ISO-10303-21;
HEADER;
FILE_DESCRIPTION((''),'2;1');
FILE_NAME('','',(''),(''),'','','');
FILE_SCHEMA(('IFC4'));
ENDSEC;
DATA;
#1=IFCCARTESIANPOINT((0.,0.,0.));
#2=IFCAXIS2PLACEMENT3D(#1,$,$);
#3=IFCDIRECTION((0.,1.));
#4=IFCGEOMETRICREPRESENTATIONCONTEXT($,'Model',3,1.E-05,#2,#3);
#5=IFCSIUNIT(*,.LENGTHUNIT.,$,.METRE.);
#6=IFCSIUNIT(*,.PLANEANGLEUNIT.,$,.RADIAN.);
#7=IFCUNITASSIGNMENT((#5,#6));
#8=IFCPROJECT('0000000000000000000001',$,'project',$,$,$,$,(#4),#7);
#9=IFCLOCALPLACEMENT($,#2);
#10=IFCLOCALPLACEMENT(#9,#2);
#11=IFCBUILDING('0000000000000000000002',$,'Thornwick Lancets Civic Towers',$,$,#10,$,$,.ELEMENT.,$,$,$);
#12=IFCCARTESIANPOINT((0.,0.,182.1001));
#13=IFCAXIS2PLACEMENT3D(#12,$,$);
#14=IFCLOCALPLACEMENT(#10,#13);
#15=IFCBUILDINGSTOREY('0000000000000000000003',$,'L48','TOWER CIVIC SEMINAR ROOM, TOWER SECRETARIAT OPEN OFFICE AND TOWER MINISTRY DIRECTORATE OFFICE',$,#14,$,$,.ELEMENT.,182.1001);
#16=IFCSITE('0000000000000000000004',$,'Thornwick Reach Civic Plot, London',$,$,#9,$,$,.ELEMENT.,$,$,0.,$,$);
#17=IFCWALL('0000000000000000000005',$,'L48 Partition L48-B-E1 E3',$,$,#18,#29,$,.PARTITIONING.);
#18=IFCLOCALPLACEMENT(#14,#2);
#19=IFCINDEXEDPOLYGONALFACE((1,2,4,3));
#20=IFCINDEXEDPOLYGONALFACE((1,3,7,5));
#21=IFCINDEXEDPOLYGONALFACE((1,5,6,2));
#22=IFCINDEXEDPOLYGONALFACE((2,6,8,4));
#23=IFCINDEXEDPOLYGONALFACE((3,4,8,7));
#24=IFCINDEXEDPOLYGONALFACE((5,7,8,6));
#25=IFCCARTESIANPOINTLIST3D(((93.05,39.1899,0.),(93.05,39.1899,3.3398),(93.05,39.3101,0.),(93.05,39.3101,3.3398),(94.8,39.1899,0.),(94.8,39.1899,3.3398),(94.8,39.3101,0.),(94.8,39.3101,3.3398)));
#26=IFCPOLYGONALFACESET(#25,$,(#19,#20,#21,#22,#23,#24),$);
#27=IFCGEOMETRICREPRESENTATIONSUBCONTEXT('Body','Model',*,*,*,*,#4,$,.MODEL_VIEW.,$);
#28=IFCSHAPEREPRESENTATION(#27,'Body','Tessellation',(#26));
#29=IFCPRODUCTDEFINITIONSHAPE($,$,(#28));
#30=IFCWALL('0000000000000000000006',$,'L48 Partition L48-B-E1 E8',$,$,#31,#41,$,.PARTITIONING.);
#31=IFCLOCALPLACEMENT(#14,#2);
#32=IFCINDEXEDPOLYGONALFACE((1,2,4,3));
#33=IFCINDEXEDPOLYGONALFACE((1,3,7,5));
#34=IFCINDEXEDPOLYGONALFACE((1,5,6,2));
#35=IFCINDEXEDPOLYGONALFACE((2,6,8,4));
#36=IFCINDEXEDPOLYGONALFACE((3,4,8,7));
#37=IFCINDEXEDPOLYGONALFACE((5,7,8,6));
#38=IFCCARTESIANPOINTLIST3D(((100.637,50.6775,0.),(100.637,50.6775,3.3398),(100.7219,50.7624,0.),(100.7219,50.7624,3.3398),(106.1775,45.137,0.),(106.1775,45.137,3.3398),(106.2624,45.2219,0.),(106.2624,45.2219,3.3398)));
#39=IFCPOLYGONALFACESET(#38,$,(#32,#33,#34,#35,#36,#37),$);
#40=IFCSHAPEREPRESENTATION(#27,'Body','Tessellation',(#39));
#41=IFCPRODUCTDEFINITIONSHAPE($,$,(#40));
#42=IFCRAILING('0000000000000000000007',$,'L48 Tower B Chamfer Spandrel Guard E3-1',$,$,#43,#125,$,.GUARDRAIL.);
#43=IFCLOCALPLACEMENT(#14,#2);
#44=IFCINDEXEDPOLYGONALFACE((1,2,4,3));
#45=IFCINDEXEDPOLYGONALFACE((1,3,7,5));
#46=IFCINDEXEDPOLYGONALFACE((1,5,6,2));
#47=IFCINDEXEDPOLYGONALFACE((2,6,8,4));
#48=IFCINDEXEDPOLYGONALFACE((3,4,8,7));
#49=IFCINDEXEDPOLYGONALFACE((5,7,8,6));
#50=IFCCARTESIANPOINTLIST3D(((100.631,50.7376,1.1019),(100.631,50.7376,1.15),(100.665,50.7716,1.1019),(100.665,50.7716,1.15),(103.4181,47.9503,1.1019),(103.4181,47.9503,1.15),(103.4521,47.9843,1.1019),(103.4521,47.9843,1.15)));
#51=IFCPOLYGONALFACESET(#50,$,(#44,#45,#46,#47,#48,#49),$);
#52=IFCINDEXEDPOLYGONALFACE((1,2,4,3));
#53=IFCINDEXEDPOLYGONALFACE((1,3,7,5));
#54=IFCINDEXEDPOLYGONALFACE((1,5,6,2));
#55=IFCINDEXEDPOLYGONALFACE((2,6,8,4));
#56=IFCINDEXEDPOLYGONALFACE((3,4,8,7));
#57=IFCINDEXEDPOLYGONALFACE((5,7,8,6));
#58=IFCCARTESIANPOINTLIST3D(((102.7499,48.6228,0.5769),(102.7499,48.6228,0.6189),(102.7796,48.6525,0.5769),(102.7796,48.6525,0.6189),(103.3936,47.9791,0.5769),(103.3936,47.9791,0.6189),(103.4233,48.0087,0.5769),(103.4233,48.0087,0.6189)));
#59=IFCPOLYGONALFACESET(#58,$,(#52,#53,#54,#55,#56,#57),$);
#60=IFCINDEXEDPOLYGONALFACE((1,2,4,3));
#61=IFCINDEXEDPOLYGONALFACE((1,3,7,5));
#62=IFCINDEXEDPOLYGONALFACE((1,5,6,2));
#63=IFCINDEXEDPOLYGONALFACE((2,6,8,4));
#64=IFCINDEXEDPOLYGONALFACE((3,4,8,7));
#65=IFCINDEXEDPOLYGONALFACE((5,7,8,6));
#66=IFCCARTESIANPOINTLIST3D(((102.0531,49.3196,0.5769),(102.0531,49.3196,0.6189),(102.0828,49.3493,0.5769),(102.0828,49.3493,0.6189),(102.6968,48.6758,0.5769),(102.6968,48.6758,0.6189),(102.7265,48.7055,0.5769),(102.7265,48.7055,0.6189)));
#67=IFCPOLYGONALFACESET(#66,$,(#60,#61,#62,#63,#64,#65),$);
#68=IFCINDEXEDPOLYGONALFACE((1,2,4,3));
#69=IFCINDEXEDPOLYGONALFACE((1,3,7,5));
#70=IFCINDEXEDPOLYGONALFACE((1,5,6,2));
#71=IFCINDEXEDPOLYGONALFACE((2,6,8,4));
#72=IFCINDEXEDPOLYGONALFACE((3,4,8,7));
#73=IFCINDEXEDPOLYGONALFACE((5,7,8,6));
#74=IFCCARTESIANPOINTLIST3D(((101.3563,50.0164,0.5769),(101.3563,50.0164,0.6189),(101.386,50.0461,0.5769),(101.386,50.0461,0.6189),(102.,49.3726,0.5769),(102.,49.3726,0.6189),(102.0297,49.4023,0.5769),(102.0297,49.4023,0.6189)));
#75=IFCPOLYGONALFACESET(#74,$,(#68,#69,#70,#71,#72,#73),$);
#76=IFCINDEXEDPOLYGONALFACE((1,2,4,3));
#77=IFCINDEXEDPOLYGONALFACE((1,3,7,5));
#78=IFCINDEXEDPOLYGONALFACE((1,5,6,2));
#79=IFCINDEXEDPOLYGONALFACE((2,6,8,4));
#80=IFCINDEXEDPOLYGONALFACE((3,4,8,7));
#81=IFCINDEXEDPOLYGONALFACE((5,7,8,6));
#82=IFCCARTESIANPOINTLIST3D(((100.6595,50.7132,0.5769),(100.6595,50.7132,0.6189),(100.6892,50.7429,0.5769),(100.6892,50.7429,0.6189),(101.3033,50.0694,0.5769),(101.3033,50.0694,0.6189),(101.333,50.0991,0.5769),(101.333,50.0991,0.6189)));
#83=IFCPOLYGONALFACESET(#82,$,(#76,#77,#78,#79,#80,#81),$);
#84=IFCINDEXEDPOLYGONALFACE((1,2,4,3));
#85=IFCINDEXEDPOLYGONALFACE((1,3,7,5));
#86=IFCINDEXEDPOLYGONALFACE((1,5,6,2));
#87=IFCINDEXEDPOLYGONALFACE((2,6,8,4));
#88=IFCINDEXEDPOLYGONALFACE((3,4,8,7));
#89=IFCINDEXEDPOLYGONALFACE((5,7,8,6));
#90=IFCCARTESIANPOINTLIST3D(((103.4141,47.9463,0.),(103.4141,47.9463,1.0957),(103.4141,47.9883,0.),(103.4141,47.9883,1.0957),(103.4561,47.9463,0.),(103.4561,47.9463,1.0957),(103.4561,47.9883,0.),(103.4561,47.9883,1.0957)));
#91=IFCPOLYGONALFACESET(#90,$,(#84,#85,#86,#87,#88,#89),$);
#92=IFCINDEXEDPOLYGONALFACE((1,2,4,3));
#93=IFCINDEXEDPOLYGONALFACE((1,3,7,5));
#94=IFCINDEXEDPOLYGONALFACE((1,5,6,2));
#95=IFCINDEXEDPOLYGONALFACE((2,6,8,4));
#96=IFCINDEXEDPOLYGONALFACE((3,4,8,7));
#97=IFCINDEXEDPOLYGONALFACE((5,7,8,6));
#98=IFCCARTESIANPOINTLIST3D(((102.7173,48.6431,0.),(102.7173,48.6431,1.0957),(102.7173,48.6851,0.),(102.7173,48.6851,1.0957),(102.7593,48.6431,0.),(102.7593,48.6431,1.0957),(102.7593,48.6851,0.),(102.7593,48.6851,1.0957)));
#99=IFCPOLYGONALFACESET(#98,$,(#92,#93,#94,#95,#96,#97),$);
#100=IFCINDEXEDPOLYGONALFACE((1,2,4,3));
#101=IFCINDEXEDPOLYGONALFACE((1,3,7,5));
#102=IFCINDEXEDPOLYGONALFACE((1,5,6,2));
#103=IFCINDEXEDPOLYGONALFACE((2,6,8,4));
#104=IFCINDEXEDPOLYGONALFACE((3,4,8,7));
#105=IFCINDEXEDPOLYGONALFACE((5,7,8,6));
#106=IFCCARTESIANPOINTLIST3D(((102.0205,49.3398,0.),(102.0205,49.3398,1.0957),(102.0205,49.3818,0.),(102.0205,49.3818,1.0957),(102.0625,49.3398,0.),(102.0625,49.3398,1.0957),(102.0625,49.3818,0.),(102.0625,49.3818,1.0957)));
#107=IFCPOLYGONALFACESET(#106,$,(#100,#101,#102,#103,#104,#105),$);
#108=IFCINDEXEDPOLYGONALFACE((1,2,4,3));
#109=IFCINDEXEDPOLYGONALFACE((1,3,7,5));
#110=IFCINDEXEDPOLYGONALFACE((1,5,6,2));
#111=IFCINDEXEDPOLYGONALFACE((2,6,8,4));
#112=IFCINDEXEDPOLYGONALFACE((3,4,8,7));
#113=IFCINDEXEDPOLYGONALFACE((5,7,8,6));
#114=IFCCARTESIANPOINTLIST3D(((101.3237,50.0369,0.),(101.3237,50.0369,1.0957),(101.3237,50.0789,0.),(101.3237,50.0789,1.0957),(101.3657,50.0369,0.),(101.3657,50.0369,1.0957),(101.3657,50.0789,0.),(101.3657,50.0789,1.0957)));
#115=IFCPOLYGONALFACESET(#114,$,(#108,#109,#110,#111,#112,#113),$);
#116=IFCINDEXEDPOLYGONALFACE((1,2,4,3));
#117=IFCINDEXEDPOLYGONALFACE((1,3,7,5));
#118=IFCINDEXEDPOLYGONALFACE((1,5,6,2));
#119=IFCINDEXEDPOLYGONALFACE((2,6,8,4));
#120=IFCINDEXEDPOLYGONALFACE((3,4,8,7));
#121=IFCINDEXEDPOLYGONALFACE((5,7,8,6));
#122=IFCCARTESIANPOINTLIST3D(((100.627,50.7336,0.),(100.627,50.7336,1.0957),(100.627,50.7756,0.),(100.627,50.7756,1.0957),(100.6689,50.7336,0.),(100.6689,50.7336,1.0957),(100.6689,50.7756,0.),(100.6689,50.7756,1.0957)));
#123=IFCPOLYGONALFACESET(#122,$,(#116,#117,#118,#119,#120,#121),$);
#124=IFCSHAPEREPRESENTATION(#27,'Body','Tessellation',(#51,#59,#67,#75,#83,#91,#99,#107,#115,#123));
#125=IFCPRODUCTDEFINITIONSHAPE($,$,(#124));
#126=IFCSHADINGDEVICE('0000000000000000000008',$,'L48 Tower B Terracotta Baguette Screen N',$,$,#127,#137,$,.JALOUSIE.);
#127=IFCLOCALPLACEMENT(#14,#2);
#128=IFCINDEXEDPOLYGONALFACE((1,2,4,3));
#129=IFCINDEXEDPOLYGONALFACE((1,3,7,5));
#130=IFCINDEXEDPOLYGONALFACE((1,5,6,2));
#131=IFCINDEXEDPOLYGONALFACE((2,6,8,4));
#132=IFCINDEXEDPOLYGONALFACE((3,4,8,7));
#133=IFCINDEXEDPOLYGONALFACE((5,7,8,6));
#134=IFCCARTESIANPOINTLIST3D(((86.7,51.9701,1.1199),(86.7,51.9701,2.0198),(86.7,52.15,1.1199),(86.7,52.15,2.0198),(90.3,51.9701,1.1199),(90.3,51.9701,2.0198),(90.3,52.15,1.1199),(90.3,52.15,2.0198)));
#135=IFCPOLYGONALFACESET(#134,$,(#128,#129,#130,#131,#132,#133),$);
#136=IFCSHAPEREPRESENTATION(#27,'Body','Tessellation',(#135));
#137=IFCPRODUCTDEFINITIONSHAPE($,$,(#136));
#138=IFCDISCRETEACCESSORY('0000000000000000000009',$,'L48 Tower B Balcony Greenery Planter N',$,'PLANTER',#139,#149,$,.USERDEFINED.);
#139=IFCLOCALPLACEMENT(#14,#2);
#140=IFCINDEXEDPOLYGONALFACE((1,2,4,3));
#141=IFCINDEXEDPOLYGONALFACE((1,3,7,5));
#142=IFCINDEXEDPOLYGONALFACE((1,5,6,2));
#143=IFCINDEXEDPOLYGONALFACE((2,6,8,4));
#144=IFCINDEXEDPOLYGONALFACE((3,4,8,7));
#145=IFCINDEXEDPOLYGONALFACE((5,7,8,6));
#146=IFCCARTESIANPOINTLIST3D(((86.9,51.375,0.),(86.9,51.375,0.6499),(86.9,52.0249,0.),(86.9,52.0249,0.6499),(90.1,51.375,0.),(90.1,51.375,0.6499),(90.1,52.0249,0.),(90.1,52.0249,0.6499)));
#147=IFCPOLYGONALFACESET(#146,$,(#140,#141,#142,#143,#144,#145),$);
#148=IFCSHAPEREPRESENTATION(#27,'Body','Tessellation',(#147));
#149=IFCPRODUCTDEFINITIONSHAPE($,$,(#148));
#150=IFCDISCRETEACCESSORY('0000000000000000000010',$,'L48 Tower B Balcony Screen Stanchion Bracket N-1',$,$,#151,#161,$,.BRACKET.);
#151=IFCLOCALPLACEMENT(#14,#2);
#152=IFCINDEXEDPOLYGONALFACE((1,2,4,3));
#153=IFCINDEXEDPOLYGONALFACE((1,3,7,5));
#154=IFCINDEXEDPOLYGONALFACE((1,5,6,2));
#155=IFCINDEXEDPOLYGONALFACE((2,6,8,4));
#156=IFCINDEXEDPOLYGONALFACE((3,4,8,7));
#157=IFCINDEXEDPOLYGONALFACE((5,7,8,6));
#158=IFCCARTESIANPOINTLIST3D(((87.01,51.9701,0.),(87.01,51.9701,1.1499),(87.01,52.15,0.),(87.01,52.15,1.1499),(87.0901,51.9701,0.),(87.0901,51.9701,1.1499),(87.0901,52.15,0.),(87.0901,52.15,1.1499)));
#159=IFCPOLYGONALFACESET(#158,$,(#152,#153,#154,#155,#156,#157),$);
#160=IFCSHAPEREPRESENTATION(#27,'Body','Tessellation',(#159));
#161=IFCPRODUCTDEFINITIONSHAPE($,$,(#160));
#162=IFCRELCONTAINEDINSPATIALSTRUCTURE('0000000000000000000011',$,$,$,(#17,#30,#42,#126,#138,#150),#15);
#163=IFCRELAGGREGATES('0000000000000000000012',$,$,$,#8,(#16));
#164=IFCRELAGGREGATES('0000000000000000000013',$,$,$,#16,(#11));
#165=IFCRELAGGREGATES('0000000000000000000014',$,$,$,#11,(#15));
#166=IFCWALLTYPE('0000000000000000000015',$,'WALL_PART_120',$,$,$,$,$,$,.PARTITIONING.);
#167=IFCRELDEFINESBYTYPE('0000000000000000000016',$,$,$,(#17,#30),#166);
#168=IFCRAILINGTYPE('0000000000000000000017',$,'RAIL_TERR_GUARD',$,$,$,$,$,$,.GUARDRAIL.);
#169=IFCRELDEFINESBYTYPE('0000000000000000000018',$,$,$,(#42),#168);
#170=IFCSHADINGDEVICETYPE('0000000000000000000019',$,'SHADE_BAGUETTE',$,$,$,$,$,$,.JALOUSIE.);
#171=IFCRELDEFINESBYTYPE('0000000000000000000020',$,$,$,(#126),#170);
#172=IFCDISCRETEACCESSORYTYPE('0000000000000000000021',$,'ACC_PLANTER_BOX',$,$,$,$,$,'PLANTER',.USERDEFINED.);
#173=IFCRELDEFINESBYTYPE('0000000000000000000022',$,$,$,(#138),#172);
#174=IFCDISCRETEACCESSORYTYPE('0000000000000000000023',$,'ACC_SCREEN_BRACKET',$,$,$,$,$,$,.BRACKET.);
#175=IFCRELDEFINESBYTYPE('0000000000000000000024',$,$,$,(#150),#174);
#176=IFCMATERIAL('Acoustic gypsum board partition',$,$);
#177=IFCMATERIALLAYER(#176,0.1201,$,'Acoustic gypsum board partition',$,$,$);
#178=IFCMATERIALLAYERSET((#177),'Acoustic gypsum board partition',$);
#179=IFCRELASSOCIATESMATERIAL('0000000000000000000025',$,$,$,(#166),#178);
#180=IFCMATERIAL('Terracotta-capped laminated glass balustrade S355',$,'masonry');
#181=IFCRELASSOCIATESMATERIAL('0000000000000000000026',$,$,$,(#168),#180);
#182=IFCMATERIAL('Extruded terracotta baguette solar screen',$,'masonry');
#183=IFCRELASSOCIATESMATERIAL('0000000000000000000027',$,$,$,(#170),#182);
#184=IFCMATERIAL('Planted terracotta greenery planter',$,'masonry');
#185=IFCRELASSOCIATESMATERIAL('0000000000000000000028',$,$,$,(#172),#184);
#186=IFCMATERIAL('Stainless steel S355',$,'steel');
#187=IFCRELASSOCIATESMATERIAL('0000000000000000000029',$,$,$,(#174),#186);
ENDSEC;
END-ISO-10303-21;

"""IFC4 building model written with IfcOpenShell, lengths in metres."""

from ifc_helpers import new_model, si_unit, direction, frame, frame_2d, origin, origin_2d, place, context, subcontext, project, spatial, rectangle, extrude, material, layer, layer_set, type_object, element, save


model = new_model("IFC4")

# Units and contexts
model_context = context("Model", 3, precision=1e-05, world=origin(), true_north=direction((0.0, 1.0)))
body_context = subcontext(model_context, "Body", "Model", "MODEL_VIEW")
ifc_project = project(units=[si_unit("LENGTHUNIT", "METRE"), si_unit("PLANEANGLEUNIT", "RADIAN")], contexts=[model_context])

# Site, building, storey
site_placement = place(None, origin())
site = spatial("IfcSite", under=ifc_project, at=site_placement, Name="Thornwick Reach Civic Plot, London", CompositionType="ELEMENT", RefElevation=0.0)
building_placement = place(site_placement, origin())
building = spatial("IfcBuilding", under=site, at=building_placement, Name="Thornwick Lancets Civic Towers", CompositionType="ELEMENT")
storey_placement = place(building_placement, frame((0.0, 0.0, 182.1001)))
storey = spatial("IfcBuildingStorey", under=building, at=storey_placement, Name="L48", Description="TOWER CIVIC SEMINAR ROOM, TOWER SECRETARIAT OPEN OFFICE AND TOWER MINISTRY DIRECTORATE OFFICE", CompositionType="ELEMENT", Elevation=182.1001)

# Walls
ifc_material_1 = material(Name="Acoustic gypsum board partition")
ifc_layer_1 = layer(ifc_material_1, 0.1201, Name="Acoustic gypsum board partition")
ifc_layer_set_1 = layer_set([ifc_layer_1], Name="Acoustic gypsum board partition")
wall_type_1 = type_object("IfcWallType", Name="WALL_PART_120", PredefinedType="PARTITIONING", material=ifc_layer_set_1)
wall_1_placement = place(storey_placement, frame((94.8, 39.25, 0.0), z_axis=(0.0, 0.0, 1.0), x_axis=(-1.0, 0.0, 0.0)))
element("IfcWall", 1, at=wall_1_placement, inside=storey, type_object=wall_type_1, Name="L48 Partition L48-B-E1 E3", PredefinedType="PARTITIONING", context=body_context, shape_type="SweptSolid", body=[
    extrude(rectangle(XDim=1.75, YDim=0.1201, at=frame_2d((0.875, 0.0))), origin(), (0.0, 0.0, 1.0), 3.3398),
])
wall_2_placement = place(storey_placement, frame((100.6794, 50.72, 0.0), z_axis=(0.0, 0.0, 1.0), x_axis=(0.707107, -0.707107, 0.0)))
element("IfcWall", 2, at=wall_2_placement, inside=storey, type_object=wall_type_1, Name="L48 Partition L48-B-E1 E8", PredefinedType="PARTITIONING", context=body_context, shape_type="SweptSolid", body=[
    extrude(rectangle(XDim=7.8354, YDim=0.1201, at=frame_2d((3.9177, 0.0))), origin(), (0.0, 0.0, 1.0), 3.3398),
])

# Railing
ifc_material_2 = material(Name="Terracotta-capped laminated glass balustrade S355", Category="masonry")
railing_type = type_object("IfcRailingType", Name="RAIL_TERR_GUARD", PredefinedType="GUARDRAIL", material=ifc_material_2)
railing_placement = place(storey_placement, frame((103.4351, 47.9673, 0.0)))
element("IfcRailing", 3, at=railing_placement, inside=storey, type_object=railing_type, Name="L48 Tower B Chamfer Spandrel Guard E3-1", PredefinedType="GUARDRAIL", context=body_context, shape_type="SweptSolid", body=[
    extrude(rectangle(XDim=0.0481, YDim=0.0481, at=origin_2d()), frame((0.0, 0.0, 1.126), z_axis=(-0.707076, 0.707138, 0.0), x_axis=(-0.707138, -0.707076, 0.0)), (0.0, 0.0, 1.0), 3.9417),
    extrude(rectangle(XDim=0.042, YDim=0.042, at=origin_2d()), frame((-0.0266, 0.0266, 0.5979), z_axis=(-0.707076, 0.707138, 0.0), x_axis=(-0.707138, -0.707076, 0.0)), (0.0, 0.0, 1.0), 0.9104),
    extrude(rectangle(XDim=0.042, YDim=0.042, at=origin_2d()), frame((-0.7234, 0.7234, 0.5979), z_axis=(-0.707076, 0.707138, 0.0), x_axis=(-0.707138, -0.707076, 0.0)), (0.0, 0.0, 1.0), 0.9104),
    extrude(rectangle(XDim=0.042, YDim=0.042, at=origin_2d()), frame((-1.4202, 1.4202, 0.5979), z_axis=(-0.707076, 0.707138, 0.0), x_axis=(-0.707138, -0.707076, 0.0)), (0.0, 0.0, 1.0), 0.9104),
    extrude(rectangle(XDim=0.042, YDim=0.042, at=origin_2d()), frame((-2.1169, 2.1169, 0.5979), z_axis=(-0.707076, 0.707138, 0.0), x_axis=(-0.707138, -0.707076, 0.0)), (0.0, 0.0, 1.0), 0.9104),
    extrude(rectangle(XDim=0.042, YDim=0.042, at=origin_2d()), origin(), (0.0, 0.0, 1.0), 1.0957),
    extrude(rectangle(XDim=0.042, YDim=0.042, at=origin_2d()), frame((-0.6968, 0.6968, 0.0)), (0.0, 0.0, 1.0), 1.0957),
    extrude(rectangle(XDim=0.042, YDim=0.042, at=origin_2d()), frame((-1.3936, 1.3936, 0.0)), (0.0, 0.0, 1.0), 1.0957),
    extrude(rectangle(XDim=0.042, YDim=0.042, at=origin_2d()), frame((-2.0903, 2.0906, 0.0)), (0.0, 0.0, 1.0), 1.0957),
    extrude(rectangle(XDim=0.042, YDim=0.042, at=origin_2d()), frame((-2.7871, 2.7874, 0.0)), (0.0, 0.0, 1.0), 1.0957),
])

# Shading device
ifc_material_3 = material(Name="Extruded terracotta baguette solar screen", Category="masonry")
shading_device_type = type_object("IfcShadingDeviceType", Name="SHADE_BAGUETTE", PredefinedType="JALOUSIE", material=ifc_material_3)
shading_device_placement = place(storey_placement, frame((88.5, 52.0601, 1.1199), z_axis=(0.0, 0.0, 1.0), x_axis=(1.0, 0.0, 0.0)))
element("IfcShadingDevice", 4, at=shading_device_placement, inside=storey, type_object=shading_device_type, Name="L48 Tower B Terracotta Baguette Screen N", PredefinedType="JALOUSIE", context=body_context, shape_type="SweptSolid", body=[
    extrude(rectangle(XDim=3.6001, YDim=0.1799, at=origin_2d()), origin(), (0.0, 0.0, 1.0), 0.8999),
])

# Discrete accessories
ifc_material_4 = material(Name="Planted terracotta greenery planter", Category="masonry")
discrete_accessory_type_1 = type_object("IfcDiscreteAccessoryType", Name="ACC_PLANTER_BOX", ElementType="PLANTER", PredefinedType="USERDEFINED", material=ifc_material_4)
discrete_accessory_1_placement = place(storey_placement, frame((88.5, 51.7, 0.0), z_axis=(0.0, 0.0, 1.0), x_axis=(1.0, 0.0, 0.0)))
element("IfcDiscreteAccessory", 5, at=discrete_accessory_1_placement, inside=storey, type_object=discrete_accessory_type_1, Name="L48 Tower B Balcony Greenery Planter N", ObjectType="PLANTER", PredefinedType="USERDEFINED", context=body_context, shape_type="SweptSolid", body=[
    extrude(rectangle(XDim=3.2, YDim=0.6499, at=origin_2d()), origin(), (0.0, 0.0, 1.0), 0.6499),
])
ifc_material_5 = material(Name="Stainless steel S355", Category="steel")
discrete_accessory_type_2 = type_object("IfcDiscreteAccessoryType", Name="ACC_SCREEN_BRACKET", PredefinedType="BRACKET", material=ifc_material_5)
discrete_accessory_2_placement = place(storey_placement, frame((87.05, 52.0601, 0.0), z_axis=(0.0, 0.0, 1.0), x_axis=(1.0, 0.0, 0.0)))
element("IfcDiscreteAccessory", 6, at=discrete_accessory_2_placement, inside=storey, type_object=discrete_accessory_type_2, Name="L48 Tower B Balcony Screen Stanchion Bracket N-1", PredefinedType="BRACKET", context=body_context, shape_type="SweptSolid", body=[
    extrude(rectangle(XDim=0.0801, YDim=0.1799, at=origin_2d()), origin(), (0.0, 0.0, 1.0), 1.1499),
])

save(model, "model.ifc")
